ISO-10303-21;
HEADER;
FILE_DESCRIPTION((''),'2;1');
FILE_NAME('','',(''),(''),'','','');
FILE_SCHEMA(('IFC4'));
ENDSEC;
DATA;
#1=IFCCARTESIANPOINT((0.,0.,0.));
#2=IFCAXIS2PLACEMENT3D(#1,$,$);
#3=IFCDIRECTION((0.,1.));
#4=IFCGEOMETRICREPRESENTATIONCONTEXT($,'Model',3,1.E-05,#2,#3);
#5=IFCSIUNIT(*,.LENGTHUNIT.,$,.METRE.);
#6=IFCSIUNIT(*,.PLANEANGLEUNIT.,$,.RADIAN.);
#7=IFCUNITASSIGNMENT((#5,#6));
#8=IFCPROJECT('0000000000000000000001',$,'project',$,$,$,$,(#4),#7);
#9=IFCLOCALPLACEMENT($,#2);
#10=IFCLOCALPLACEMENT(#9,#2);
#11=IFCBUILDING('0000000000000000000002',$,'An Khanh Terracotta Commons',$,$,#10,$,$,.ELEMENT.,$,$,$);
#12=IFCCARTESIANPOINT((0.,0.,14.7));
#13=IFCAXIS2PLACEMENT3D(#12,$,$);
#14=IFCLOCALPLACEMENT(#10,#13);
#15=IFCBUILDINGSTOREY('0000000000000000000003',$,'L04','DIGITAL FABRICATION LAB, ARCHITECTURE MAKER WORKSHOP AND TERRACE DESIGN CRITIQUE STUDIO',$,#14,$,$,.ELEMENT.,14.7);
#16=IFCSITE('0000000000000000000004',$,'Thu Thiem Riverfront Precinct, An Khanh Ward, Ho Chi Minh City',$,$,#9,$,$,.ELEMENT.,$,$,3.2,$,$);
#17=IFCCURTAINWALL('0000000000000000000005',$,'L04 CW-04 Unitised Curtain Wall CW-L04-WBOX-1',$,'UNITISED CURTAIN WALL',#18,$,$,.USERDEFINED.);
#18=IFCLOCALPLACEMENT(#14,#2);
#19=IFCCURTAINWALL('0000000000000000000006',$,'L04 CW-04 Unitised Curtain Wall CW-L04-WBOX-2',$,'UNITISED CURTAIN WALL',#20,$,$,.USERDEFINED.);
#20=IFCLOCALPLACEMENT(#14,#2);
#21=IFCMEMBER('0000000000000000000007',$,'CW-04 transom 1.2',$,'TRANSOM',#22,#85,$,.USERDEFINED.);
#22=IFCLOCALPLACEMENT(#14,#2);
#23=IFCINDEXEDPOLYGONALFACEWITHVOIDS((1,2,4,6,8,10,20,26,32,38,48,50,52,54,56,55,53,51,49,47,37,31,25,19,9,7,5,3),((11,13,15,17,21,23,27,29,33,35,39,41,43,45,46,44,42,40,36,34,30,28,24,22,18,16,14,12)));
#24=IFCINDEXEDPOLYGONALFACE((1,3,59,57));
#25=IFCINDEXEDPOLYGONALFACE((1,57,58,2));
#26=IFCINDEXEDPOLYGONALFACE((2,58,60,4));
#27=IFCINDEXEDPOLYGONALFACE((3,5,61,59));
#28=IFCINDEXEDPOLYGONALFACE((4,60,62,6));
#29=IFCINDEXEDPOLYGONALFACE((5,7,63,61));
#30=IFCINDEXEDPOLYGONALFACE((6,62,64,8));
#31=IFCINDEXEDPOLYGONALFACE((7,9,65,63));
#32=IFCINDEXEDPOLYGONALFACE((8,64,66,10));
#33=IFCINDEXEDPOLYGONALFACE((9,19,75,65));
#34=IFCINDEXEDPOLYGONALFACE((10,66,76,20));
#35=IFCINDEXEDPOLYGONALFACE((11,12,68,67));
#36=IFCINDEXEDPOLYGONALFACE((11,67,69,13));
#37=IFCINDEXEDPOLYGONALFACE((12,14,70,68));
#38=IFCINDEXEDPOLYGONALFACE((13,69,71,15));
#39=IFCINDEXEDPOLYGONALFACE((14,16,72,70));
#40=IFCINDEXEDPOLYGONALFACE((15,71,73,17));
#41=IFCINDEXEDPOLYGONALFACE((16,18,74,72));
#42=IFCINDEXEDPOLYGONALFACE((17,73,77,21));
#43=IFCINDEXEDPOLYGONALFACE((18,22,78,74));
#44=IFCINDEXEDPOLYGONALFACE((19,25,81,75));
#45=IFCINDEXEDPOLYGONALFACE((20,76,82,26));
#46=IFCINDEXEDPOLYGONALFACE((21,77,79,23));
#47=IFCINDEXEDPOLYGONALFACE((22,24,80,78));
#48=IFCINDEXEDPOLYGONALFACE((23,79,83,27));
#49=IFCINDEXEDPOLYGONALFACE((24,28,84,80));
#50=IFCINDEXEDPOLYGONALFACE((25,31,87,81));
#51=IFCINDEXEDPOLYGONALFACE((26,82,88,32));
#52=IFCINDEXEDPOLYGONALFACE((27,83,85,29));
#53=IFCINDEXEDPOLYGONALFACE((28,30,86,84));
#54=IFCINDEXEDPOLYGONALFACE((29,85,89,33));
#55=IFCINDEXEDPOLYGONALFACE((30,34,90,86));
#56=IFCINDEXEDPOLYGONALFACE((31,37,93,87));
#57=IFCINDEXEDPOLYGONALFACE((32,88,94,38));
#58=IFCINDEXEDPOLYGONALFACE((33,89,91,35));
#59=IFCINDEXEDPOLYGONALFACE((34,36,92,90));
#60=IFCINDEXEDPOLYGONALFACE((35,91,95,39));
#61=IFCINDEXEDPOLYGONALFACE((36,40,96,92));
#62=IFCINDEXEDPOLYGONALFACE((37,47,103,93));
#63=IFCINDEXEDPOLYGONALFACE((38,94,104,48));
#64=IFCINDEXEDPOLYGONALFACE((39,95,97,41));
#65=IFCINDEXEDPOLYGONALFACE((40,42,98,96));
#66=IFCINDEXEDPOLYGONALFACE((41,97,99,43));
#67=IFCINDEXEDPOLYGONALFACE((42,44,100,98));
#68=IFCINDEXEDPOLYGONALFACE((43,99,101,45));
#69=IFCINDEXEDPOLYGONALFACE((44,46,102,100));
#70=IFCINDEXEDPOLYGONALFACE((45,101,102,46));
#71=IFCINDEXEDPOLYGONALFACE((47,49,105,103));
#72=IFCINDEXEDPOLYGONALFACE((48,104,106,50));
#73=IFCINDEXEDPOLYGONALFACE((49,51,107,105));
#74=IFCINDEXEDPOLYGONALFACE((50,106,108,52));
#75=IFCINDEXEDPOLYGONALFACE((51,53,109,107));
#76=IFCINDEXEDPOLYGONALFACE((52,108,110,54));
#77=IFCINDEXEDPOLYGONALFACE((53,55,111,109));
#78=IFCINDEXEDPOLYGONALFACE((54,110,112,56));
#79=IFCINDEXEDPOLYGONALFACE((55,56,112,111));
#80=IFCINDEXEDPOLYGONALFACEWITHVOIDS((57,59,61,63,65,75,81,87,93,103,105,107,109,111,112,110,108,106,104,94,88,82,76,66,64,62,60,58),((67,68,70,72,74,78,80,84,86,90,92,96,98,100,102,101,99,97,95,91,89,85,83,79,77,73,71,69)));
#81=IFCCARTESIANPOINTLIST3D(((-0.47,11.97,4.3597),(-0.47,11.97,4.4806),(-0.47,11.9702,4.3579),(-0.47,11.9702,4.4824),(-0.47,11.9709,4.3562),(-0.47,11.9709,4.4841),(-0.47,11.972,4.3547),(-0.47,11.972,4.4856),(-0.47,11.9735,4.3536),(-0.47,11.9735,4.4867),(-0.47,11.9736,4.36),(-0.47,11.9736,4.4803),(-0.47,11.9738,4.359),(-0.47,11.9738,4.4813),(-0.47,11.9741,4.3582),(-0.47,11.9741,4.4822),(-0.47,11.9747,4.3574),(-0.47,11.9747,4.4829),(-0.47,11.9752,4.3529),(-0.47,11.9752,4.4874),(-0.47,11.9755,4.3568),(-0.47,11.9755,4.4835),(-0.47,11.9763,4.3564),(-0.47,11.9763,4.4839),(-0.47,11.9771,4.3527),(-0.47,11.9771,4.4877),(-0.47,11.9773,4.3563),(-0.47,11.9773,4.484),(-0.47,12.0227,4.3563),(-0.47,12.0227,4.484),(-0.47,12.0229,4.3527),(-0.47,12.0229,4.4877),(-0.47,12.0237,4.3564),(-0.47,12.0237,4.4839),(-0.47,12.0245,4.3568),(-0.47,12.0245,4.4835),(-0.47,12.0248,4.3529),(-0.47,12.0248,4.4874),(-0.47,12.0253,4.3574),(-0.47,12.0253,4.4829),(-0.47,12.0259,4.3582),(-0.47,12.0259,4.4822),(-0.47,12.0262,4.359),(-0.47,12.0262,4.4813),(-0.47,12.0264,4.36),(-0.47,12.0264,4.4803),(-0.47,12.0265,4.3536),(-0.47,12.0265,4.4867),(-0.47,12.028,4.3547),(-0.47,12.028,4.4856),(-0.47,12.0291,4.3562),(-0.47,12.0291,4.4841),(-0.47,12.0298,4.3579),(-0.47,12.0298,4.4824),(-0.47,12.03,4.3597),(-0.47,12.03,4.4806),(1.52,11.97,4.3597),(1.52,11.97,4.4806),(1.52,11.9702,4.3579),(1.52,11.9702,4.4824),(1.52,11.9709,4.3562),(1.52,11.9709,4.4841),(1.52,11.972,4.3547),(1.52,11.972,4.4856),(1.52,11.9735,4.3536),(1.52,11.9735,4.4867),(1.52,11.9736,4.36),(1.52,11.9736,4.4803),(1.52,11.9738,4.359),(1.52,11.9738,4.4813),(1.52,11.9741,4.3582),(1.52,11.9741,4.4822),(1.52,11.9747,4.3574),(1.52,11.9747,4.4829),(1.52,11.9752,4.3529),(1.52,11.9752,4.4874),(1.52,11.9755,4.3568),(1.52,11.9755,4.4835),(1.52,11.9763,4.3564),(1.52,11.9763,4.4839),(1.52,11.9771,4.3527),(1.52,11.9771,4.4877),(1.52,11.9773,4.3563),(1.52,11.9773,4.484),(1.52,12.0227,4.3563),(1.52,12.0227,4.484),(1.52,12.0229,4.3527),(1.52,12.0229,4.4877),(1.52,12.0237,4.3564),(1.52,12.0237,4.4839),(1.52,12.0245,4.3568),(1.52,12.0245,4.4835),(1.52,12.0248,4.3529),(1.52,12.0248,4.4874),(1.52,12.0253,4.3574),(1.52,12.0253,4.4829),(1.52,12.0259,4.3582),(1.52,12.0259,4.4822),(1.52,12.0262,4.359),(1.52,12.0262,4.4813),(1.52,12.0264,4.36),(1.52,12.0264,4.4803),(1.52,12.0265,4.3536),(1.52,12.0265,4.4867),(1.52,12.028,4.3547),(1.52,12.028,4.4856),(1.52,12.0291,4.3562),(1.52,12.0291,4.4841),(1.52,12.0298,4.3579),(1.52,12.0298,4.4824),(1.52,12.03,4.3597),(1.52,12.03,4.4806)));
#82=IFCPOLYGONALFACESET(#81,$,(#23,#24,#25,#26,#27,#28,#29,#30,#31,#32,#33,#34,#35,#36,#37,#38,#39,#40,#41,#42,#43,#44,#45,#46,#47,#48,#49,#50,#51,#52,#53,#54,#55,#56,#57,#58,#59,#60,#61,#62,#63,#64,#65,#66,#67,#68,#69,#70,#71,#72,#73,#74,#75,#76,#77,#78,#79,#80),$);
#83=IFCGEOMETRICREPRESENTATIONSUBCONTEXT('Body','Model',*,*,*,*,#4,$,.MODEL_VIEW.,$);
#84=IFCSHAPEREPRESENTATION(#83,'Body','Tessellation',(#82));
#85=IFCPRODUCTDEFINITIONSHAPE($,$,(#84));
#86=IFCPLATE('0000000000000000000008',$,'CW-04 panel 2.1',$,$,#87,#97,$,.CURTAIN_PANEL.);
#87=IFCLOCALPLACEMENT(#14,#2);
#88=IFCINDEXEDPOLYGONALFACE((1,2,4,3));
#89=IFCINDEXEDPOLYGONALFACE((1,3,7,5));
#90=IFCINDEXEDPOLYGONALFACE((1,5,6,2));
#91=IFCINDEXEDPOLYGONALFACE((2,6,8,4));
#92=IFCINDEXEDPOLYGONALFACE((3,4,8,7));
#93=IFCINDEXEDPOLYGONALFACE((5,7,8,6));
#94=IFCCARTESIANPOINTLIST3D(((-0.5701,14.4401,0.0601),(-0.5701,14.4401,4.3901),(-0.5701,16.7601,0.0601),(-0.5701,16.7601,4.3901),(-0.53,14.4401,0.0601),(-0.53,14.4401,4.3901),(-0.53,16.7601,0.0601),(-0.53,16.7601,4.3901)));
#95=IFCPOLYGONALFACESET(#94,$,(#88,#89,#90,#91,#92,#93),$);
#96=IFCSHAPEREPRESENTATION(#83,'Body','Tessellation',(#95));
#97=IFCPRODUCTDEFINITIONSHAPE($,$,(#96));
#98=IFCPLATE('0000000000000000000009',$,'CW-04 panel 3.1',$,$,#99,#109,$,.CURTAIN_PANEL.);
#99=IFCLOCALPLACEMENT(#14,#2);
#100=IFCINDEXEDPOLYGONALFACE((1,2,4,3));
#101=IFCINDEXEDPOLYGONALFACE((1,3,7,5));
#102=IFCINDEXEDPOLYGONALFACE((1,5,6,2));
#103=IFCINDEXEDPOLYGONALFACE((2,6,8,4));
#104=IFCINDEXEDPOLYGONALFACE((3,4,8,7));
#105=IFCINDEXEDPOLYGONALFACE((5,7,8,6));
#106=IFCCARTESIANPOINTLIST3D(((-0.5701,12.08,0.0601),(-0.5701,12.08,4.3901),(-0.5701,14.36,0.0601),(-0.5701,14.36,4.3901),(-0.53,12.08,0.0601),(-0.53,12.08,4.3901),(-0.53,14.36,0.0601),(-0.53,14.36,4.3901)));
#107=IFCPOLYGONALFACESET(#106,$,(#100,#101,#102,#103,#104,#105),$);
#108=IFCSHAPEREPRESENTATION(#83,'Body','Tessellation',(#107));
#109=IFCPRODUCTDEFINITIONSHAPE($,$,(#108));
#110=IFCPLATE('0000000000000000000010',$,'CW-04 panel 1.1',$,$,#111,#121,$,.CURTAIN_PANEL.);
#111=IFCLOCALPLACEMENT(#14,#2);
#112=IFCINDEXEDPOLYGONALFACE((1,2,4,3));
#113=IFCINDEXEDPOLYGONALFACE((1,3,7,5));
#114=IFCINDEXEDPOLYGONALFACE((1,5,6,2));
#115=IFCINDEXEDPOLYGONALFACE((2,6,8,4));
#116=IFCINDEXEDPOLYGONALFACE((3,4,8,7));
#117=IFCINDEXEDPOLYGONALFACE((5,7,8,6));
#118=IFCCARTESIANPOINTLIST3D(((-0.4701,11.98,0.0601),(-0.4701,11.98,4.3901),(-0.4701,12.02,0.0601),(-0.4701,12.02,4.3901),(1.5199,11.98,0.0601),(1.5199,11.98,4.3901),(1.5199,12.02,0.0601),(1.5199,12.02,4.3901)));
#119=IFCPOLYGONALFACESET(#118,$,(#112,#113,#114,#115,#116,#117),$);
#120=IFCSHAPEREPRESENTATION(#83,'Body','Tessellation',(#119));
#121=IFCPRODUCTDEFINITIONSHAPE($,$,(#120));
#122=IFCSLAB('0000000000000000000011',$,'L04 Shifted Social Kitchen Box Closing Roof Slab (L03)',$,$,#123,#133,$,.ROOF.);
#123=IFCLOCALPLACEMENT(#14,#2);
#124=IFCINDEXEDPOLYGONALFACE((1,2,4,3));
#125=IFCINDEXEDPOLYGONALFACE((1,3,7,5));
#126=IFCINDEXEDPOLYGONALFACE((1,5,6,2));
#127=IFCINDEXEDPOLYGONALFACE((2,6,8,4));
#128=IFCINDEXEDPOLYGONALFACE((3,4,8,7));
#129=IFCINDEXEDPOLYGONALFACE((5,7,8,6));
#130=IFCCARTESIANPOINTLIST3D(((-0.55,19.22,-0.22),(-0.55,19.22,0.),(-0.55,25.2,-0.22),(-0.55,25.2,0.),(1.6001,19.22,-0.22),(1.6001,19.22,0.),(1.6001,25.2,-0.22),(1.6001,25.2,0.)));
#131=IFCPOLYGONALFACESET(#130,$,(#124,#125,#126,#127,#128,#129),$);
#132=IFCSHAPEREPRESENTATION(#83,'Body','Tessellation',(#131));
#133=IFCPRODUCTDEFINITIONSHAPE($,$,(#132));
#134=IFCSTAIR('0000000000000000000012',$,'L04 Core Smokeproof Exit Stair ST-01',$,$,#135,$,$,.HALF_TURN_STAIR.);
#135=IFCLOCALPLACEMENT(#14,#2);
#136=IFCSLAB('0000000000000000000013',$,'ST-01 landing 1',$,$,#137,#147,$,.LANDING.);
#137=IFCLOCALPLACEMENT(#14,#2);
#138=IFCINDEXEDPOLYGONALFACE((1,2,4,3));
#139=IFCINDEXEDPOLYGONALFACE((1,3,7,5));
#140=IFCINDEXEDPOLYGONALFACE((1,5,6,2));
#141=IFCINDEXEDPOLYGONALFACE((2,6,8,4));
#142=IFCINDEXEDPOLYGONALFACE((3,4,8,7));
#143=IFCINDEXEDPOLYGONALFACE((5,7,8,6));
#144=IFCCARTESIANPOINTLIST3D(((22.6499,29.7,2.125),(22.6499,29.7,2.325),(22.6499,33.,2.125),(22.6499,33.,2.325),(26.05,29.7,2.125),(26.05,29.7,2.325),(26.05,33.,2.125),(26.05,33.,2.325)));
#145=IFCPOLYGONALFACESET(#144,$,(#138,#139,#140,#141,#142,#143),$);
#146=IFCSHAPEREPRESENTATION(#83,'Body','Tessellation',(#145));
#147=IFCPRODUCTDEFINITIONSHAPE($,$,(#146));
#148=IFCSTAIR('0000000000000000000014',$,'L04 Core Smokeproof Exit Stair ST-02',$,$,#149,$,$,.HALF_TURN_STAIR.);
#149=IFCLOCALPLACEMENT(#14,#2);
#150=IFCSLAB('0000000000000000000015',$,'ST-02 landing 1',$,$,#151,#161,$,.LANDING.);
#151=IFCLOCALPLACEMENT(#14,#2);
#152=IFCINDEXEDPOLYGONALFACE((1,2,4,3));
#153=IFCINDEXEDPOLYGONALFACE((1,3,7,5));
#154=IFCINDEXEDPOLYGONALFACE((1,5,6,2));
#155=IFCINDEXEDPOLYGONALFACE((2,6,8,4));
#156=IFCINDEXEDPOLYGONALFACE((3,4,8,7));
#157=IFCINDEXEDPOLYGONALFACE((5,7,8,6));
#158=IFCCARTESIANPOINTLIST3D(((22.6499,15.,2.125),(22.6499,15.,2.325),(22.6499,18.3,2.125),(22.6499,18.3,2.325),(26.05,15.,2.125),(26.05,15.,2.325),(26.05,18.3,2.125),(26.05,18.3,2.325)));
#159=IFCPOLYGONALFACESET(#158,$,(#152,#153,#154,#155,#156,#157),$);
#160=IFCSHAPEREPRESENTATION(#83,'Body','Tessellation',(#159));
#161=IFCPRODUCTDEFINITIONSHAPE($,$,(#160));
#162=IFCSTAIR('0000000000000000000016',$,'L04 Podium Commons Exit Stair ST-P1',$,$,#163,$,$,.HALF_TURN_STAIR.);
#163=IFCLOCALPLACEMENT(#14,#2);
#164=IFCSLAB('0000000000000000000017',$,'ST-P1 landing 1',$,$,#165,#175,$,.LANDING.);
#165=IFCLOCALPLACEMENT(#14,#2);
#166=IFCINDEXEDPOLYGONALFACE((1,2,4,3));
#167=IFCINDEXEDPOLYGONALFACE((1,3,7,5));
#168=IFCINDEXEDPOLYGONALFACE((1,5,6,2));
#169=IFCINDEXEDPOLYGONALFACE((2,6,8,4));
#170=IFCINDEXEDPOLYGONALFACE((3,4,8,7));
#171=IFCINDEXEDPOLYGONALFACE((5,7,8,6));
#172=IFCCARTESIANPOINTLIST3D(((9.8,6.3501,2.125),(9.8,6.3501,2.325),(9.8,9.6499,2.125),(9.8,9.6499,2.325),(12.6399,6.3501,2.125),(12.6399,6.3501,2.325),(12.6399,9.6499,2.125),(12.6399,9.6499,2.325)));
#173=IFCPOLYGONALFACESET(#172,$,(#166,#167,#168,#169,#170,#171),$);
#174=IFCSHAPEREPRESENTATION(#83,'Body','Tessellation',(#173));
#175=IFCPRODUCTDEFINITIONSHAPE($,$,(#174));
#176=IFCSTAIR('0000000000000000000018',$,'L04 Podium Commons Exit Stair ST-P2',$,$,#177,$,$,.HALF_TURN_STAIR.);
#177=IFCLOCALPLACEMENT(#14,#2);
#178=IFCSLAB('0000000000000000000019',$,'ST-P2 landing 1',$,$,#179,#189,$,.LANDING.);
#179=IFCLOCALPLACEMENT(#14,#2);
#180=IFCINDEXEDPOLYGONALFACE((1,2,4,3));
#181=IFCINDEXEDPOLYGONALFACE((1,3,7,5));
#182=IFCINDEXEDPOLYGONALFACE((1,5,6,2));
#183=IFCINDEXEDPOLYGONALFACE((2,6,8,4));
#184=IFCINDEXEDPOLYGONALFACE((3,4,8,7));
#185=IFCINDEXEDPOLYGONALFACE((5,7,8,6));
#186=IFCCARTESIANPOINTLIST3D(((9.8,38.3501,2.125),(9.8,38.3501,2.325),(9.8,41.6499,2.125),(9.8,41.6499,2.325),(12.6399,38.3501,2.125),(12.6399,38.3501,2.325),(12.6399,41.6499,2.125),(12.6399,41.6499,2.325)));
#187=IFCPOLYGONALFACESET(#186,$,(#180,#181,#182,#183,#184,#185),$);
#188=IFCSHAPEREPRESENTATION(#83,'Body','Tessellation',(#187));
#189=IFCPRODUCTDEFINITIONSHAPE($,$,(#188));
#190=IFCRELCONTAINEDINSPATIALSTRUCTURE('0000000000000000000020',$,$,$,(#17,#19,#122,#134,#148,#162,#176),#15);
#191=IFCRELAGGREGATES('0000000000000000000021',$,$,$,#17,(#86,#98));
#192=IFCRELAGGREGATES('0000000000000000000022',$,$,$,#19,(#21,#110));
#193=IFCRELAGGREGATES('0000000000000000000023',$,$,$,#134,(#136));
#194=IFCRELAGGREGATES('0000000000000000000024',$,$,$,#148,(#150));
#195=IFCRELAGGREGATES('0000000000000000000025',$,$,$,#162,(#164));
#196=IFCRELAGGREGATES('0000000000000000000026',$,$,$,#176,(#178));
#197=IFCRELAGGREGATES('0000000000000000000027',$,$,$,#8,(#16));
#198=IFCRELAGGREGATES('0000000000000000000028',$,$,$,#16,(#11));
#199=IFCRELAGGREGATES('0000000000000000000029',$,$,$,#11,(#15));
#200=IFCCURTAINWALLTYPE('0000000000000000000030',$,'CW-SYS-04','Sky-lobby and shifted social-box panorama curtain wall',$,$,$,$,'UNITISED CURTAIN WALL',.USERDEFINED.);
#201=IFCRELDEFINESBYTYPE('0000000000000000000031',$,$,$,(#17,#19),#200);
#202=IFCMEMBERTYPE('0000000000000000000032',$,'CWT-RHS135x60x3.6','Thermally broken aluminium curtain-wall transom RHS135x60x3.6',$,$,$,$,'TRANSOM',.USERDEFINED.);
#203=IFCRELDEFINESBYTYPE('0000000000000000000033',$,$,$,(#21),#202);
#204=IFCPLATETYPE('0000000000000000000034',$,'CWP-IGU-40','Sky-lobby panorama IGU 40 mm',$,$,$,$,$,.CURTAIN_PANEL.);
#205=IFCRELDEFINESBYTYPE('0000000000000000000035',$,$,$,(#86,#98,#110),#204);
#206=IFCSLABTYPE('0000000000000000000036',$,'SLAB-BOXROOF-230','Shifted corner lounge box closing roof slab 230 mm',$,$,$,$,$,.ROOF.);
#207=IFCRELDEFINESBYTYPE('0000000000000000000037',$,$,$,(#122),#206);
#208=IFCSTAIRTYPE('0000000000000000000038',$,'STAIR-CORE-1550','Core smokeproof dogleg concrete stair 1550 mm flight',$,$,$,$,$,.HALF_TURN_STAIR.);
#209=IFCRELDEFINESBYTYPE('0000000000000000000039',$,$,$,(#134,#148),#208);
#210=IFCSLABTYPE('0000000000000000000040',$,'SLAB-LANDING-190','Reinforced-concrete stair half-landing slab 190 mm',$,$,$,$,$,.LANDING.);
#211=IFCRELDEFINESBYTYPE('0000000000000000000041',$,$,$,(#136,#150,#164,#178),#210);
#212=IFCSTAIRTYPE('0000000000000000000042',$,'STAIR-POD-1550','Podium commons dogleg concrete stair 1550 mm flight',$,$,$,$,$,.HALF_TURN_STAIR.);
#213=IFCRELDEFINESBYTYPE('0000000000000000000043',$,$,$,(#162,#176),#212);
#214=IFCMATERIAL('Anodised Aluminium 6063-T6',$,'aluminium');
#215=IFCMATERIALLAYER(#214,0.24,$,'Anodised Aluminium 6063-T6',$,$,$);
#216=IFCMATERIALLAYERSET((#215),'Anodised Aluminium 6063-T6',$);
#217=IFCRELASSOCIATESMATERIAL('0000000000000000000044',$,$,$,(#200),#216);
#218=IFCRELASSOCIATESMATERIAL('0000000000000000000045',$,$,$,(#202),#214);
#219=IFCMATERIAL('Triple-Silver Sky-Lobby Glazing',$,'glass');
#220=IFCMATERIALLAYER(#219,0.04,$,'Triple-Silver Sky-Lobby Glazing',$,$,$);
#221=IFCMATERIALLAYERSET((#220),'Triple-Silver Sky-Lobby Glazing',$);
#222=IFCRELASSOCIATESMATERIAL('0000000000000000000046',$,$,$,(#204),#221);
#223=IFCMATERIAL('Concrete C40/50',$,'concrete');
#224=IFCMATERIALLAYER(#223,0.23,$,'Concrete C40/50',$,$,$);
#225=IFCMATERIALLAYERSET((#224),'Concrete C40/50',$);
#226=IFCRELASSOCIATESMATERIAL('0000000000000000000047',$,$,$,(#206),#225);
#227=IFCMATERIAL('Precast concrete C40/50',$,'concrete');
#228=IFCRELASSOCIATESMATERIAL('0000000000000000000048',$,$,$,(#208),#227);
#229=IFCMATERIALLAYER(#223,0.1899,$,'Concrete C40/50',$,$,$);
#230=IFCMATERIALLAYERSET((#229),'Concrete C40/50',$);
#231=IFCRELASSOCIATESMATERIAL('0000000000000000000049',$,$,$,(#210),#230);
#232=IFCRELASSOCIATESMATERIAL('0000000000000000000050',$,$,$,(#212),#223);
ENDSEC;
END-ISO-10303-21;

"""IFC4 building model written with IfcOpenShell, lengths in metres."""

from ifc_helpers import new_model, si_unit, direction, frame, origin, origin_2d, place, context, subcontext, project, spatial, polyline, rectangle, hollow_rectangle, outline, extrude, material, layer, layer_set, material_profile, profile_set, type_object, element, aggregate, save


model = new_model("IFC4")

# Units and contexts
model_context = context("Model", 3, precision=1e-05, world=origin(), true_north=direction((0.0, 1.0)))
body_context = subcontext(model_context, "Body", "Model", "MODEL_VIEW")
ifc_project = project(units=[si_unit("LENGTHUNIT", "METRE"), si_unit("PLANEANGLEUNIT", "RADIAN")], contexts=[model_context])

# Site, building, storey
site_placement = place(None, origin())
site = spatial("IfcSite", under=ifc_project, at=site_placement, Name="Thu Thiem Riverfront Precinct, An Khanh Ward, Ho Chi Minh City", CompositionType="ELEMENT", RefElevation=3.2)
building_placement = place(site_placement, origin())
building = spatial("IfcBuilding", under=site, at=building_placement, Name="An Khanh Terracotta Commons", CompositionType="ELEMENT")
storey_placement = place(building_placement, frame((0.0, 0.0, 14.7)))
storey = spatial("IfcBuildingStorey", under=building, at=storey_placement, Name="L04", Description="DIGITAL FABRICATION LAB, ARCHITECTURE MAKER WORKSHOP AND TERRACE DESIGN CRITIQUE STUDIO", CompositionType="ELEMENT", Elevation=14.7)

# Curtain walls
ifc_material_1 = material(Name="Anodised Aluminium 6063-T6", Category="aluminium")
ifc_layer_1 = layer(ifc_material_1, 0.24, Name="Anodised Aluminium 6063-T6")
ifc_layer_set_1 = layer_set([ifc_layer_1], Name="Anodised Aluminium 6063-T6")
curtain_wall_type = type_object("IfcCurtainWallType", Name="CW-SYS-04", Description="Sky-lobby and shifted social-box panorama curtain wall", ElementType="UNITISED CURTAIN WALL", PredefinedType="USERDEFINED", material=ifc_layer_set_1)
curtain_wall_1_placement = place(storey_placement, origin())
curtain_wall_1 = element("IfcCurtainWall", 1, at=curtain_wall_1_placement, inside=storey, type_object=curtain_wall_type, Name="L04 CW-04 Unitised Curtain Wall CW-L04-WBOX-1", ObjectType="UNITISED CURTAIN WALL", PredefinedType="USERDEFINED")
curtain_wall_2_placement = place(storey_placement, origin())
curtain_wall_2 = element("IfcCurtainWall", 2, at=curtain_wall_2_placement, inside=storey, type_object=curtain_wall_type, Name="L04 CW-04 Unitised Curtain Wall CW-L04-WBOX-2", ObjectType="UNITISED CURTAIN WALL", PredefinedType="USERDEFINED")

# Member
ifc_material_profile_1 = material_profile(ifc_material_1, hollow_rectangle(XDim=0.0601, YDim=0.135, WallThickness=0.0037, InnerFilletRadius=0.0037, OuterFilletRadius=0.0071, at=origin_2d()), Name="RHS135x60x3.6")
ifc_profile_set_1 = profile_set([ifc_material_profile_1], Name="Anodised Aluminium 6063-T6")
member_type_1 = type_object("IfcMemberType", Name="CWT-RHS135x60x3.6", Description="Thermally broken aluminium curtain-wall transom RHS135x60x3.6", ElementType="TRANSOM", PredefinedType="USERDEFINED", material=ifc_profile_set_1)
member_1_placement = place(storey_placement, frame((1.52, 12.0, 4.4202), z_axis=(-1.0, 0.0, 0.0), x_axis=(0.0, -1.0, 0.0)))
member_1 = element("IfcMember", 3, at=member_1_placement, type_object=member_type_1, Name="CW-04 transom 1.2", ObjectType="TRANSOM", PredefinedType="USERDEFINED", context=body_context, shape_type="SweptSolid", body=[
    extrude(hollow_rectangle(XDim=0.0601, YDim=0.135, WallThickness=0.0037, InnerFilletRadius=0.0037, OuterFilletRadius=0.0071, at=origin_2d()), origin(), (0.0, 0.0, 1.0), 1.99),
])

# Plates
ifc_material_2 = material(Name="Triple-Silver Sky-Lobby Glazing", Category="glass")
ifc_layer_2 = layer(ifc_material_2, 0.04, Name="Triple-Silver Sky-Lobby Glazing")
ifc_layer_set_2 = layer_set([ifc_layer_2], Name="Triple-Silver Sky-Lobby Glazing")
plate_type = type_object("IfcPlateType", Name="CWP-IGU-40", Description="Sky-lobby panorama IGU 40 mm", PredefinedType="CURTAIN_PANEL", material=ifc_layer_set_2)
plate_1_placement = place(storey_placement, frame((-0.55, 15.6001, 0.0601), z_axis=(0.0, 0.0, 1.0), x_axis=(0.0, -1.0, 0.0)))
plate_1 = element("IfcPlate", 4, at=plate_1_placement, type_object=plate_type, Name="CW-04 panel 2.1", PredefinedType="CURTAIN_PANEL", context=body_context, shape_type="SweptSolid", body=[
    extrude(rectangle(XDim=2.3201, YDim=0.04, at=origin_2d()), origin(), (0.0, 0.0, 1.0), 4.3301),
])
plate_2_placement = place(storey_placement, frame((-0.55, 13.22, 0.0601), z_axis=(0.0, 0.0, 1.0), x_axis=(0.0, -1.0, 0.0)))
plate_2 = element("IfcPlate", 5, at=plate_2_placement, type_object=plate_type, Name="CW-04 panel 3.1", PredefinedType="CURTAIN_PANEL", context=body_context, shape_type="SweptSolid", body=[
    extrude(rectangle(XDim=2.28, YDim=0.04, at=origin_2d()), origin(), (0.0, 0.0, 1.0), 4.3301),
])
aggregate(curtain_wall_1, [plate_1, plate_2])
plate_3_placement = place(storey_placement, frame((0.5249, 12.0, 0.0601), z_axis=(0.0, 0.0, 1.0), x_axis=(-1.0, 0.0, 0.0)))
plate_3 = element("IfcPlate", 6, at=plate_3_placement, type_object=plate_type, Name="CW-04 panel 1.1", PredefinedType="CURTAIN_PANEL", context=body_context, shape_type="SweptSolid", body=[
    extrude(rectangle(XDim=1.99, YDim=0.04, at=origin_2d()), origin(), (0.0, 0.0, 1.0), 4.3301),
])
aggregate(curtain_wall_2, [member_1, plate_3])

# Slab
ifc_material_3 = material(Name="Concrete C40/50", Category="concrete")
ifc_layer_3 = layer(ifc_material_3, 0.23, Name="Concrete C40/50")
ifc_layer_set_3 = layer_set([ifc_layer_3], Name="Concrete C40/50")
slab_type_1 = type_object("IfcSlabType", Name="SLAB-BOXROOF-230", Description="Shifted corner lounge box closing roof slab 230 mm", PredefinedType="ROOF", material=ifc_layer_set_3)
slab_1_placement = place(storey_placement, frame((0.0, 0.0, -0.22)))
element("IfcSlab", 7, at=slab_1_placement, inside=storey, type_object=slab_type_1, Name="L04 Shifted Social Kitchen Box Closing Roof Slab (L03)", PredefinedType="ROOF", context=body_context, shape_type="SweptSolid", body=[
    extrude(outline(polyline([(-0.55, 25.2), (1.6001, 25.2), (1.6001, 19.22), (-0.55, 19.22), (-0.55, 25.2)])), origin(), (0.0, 0.0, 1.0), 0.22),
])

# Stairs, slabs
ifc_material_4 = material(Name="Precast concrete C40/50", Category="concrete")
stair_type_1 = type_object("IfcStairType", Name="STAIR-CORE-1550", Description="Core smokeproof dogleg concrete stair 1550 mm flight", PredefinedType="HALF_TURN_STAIR", material=ifc_material_4)
stair_1_placement = place(storey_placement, origin())
stair_1 = element("IfcStair", 8, at=stair_1_placement, inside=storey, type_object=stair_type_1, Name="L04 Core Smokeproof Exit Stair ST-01", PredefinedType="HALF_TURN_STAIR")
ifc_layer_4 = layer(ifc_material_3, 0.1899, Name="Concrete C40/50")
ifc_layer_set_4 = layer_set([ifc_layer_4], Name="Concrete C40/50")
slab_type_2 = type_object("IfcSlabType", Name="SLAB-LANDING-190", Description="Reinforced-concrete stair half-landing slab 190 mm", PredefinedType="LANDING", material=ifc_layer_set_4)
slab_2_placement = place(storey_placement, frame((0.0, 0.0, 2.125)))
slab_2 = element("IfcSlab", 9, at=slab_2_placement, type_object=slab_type_2, Name="ST-01 landing 1", PredefinedType="LANDING", context=body_context, shape_type="SweptSolid", body=[
    extrude(outline(polyline([(26.05, 33.0), (22.6499, 33.0), (22.6499, 29.7), (26.05, 29.7), (26.05, 33.0)])), origin(), (0.0, 0.0, 1.0), 0.2),
])
aggregate(stair_1, [slab_2])
stair_2_placement = place(storey_placement, origin())
stair_2 = element("IfcStair", 10, at=stair_2_placement, inside=storey, type_object=stair_type_1, Name="L04 Core Smokeproof Exit Stair ST-02", PredefinedType="HALF_TURN_STAIR")
slab_3_placement = place(storey_placement, frame((0.0, 0.0, 2.125)))
slab_3 = element("IfcSlab", 11, at=slab_3_placement, type_object=slab_type_2, Name="ST-02 landing 1", PredefinedType="LANDING", context=body_context, shape_type="SweptSolid", body=[
    extrude(outline(polyline([(26.05, 18.3), (22.6499, 18.3), (22.6499, 15.0), (26.05, 15.0), (26.05, 18.3)])), origin(), (0.0, 0.0, 1.0), 0.2),
])
aggregate(stair_2, [slab_3])
stair_type_2 = type_object("IfcStairType", Name="STAIR-POD-1550", Description="Podium commons dogleg concrete stair 1550 mm flight", PredefinedType="HALF_TURN_STAIR", material=ifc_material_3)
stair_3_placement = place(storey_placement, origin())
stair_3 = element("IfcStair", 12, at=stair_3_placement, inside=storey, type_object=stair_type_2, Name="L04 Podium Commons Exit Stair ST-P1", PredefinedType="HALF_TURN_STAIR")
slab_4_placement = place(storey_placement, frame((0.0, 0.0, 2.125)))
slab_4 = element("IfcSlab", 13, at=slab_4_placement, type_object=slab_type_2, Name="ST-P1 landing 1", PredefinedType="LANDING", context=body_context, shape_type="SweptSolid", body=[
    extrude(outline(polyline([(12.6399, 9.6499), (9.8, 9.6499), (9.8, 6.3501), (12.6399, 6.3501), (12.6399, 9.6499)])), origin(), (0.0, 0.0, 1.0), 0.2),
])
aggregate(stair_3, [slab_4])
stair_4_placement = place(storey_placement, origin())
stair_4 = element("IfcStair", 14, at=stair_4_placement, inside=storey, type_object=stair_type_2, Name="L04 Podium Commons Exit Stair ST-P2", PredefinedType="HALF_TURN_STAIR")
slab_5_placement = place(storey_placement, frame((0.0, 0.0, 2.125)))
slab_5 = element("IfcSlab", 15, at=slab_5_placement, type_object=slab_type_2, Name="ST-P2 landing 1", PredefinedType="LANDING", context=body_context, shape_type="SweptSolid", body=[
    extrude(outline(polyline([(12.6399, 41.6499), (9.8, 41.6499), (9.8, 38.3501), (12.6399, 38.3501), (12.6399, 41.6499)])), origin(), (0.0, 0.0, 1.0), 0.2),
])
aggregate(stair_4, [slab_5])

save(model, "model.ifc")
